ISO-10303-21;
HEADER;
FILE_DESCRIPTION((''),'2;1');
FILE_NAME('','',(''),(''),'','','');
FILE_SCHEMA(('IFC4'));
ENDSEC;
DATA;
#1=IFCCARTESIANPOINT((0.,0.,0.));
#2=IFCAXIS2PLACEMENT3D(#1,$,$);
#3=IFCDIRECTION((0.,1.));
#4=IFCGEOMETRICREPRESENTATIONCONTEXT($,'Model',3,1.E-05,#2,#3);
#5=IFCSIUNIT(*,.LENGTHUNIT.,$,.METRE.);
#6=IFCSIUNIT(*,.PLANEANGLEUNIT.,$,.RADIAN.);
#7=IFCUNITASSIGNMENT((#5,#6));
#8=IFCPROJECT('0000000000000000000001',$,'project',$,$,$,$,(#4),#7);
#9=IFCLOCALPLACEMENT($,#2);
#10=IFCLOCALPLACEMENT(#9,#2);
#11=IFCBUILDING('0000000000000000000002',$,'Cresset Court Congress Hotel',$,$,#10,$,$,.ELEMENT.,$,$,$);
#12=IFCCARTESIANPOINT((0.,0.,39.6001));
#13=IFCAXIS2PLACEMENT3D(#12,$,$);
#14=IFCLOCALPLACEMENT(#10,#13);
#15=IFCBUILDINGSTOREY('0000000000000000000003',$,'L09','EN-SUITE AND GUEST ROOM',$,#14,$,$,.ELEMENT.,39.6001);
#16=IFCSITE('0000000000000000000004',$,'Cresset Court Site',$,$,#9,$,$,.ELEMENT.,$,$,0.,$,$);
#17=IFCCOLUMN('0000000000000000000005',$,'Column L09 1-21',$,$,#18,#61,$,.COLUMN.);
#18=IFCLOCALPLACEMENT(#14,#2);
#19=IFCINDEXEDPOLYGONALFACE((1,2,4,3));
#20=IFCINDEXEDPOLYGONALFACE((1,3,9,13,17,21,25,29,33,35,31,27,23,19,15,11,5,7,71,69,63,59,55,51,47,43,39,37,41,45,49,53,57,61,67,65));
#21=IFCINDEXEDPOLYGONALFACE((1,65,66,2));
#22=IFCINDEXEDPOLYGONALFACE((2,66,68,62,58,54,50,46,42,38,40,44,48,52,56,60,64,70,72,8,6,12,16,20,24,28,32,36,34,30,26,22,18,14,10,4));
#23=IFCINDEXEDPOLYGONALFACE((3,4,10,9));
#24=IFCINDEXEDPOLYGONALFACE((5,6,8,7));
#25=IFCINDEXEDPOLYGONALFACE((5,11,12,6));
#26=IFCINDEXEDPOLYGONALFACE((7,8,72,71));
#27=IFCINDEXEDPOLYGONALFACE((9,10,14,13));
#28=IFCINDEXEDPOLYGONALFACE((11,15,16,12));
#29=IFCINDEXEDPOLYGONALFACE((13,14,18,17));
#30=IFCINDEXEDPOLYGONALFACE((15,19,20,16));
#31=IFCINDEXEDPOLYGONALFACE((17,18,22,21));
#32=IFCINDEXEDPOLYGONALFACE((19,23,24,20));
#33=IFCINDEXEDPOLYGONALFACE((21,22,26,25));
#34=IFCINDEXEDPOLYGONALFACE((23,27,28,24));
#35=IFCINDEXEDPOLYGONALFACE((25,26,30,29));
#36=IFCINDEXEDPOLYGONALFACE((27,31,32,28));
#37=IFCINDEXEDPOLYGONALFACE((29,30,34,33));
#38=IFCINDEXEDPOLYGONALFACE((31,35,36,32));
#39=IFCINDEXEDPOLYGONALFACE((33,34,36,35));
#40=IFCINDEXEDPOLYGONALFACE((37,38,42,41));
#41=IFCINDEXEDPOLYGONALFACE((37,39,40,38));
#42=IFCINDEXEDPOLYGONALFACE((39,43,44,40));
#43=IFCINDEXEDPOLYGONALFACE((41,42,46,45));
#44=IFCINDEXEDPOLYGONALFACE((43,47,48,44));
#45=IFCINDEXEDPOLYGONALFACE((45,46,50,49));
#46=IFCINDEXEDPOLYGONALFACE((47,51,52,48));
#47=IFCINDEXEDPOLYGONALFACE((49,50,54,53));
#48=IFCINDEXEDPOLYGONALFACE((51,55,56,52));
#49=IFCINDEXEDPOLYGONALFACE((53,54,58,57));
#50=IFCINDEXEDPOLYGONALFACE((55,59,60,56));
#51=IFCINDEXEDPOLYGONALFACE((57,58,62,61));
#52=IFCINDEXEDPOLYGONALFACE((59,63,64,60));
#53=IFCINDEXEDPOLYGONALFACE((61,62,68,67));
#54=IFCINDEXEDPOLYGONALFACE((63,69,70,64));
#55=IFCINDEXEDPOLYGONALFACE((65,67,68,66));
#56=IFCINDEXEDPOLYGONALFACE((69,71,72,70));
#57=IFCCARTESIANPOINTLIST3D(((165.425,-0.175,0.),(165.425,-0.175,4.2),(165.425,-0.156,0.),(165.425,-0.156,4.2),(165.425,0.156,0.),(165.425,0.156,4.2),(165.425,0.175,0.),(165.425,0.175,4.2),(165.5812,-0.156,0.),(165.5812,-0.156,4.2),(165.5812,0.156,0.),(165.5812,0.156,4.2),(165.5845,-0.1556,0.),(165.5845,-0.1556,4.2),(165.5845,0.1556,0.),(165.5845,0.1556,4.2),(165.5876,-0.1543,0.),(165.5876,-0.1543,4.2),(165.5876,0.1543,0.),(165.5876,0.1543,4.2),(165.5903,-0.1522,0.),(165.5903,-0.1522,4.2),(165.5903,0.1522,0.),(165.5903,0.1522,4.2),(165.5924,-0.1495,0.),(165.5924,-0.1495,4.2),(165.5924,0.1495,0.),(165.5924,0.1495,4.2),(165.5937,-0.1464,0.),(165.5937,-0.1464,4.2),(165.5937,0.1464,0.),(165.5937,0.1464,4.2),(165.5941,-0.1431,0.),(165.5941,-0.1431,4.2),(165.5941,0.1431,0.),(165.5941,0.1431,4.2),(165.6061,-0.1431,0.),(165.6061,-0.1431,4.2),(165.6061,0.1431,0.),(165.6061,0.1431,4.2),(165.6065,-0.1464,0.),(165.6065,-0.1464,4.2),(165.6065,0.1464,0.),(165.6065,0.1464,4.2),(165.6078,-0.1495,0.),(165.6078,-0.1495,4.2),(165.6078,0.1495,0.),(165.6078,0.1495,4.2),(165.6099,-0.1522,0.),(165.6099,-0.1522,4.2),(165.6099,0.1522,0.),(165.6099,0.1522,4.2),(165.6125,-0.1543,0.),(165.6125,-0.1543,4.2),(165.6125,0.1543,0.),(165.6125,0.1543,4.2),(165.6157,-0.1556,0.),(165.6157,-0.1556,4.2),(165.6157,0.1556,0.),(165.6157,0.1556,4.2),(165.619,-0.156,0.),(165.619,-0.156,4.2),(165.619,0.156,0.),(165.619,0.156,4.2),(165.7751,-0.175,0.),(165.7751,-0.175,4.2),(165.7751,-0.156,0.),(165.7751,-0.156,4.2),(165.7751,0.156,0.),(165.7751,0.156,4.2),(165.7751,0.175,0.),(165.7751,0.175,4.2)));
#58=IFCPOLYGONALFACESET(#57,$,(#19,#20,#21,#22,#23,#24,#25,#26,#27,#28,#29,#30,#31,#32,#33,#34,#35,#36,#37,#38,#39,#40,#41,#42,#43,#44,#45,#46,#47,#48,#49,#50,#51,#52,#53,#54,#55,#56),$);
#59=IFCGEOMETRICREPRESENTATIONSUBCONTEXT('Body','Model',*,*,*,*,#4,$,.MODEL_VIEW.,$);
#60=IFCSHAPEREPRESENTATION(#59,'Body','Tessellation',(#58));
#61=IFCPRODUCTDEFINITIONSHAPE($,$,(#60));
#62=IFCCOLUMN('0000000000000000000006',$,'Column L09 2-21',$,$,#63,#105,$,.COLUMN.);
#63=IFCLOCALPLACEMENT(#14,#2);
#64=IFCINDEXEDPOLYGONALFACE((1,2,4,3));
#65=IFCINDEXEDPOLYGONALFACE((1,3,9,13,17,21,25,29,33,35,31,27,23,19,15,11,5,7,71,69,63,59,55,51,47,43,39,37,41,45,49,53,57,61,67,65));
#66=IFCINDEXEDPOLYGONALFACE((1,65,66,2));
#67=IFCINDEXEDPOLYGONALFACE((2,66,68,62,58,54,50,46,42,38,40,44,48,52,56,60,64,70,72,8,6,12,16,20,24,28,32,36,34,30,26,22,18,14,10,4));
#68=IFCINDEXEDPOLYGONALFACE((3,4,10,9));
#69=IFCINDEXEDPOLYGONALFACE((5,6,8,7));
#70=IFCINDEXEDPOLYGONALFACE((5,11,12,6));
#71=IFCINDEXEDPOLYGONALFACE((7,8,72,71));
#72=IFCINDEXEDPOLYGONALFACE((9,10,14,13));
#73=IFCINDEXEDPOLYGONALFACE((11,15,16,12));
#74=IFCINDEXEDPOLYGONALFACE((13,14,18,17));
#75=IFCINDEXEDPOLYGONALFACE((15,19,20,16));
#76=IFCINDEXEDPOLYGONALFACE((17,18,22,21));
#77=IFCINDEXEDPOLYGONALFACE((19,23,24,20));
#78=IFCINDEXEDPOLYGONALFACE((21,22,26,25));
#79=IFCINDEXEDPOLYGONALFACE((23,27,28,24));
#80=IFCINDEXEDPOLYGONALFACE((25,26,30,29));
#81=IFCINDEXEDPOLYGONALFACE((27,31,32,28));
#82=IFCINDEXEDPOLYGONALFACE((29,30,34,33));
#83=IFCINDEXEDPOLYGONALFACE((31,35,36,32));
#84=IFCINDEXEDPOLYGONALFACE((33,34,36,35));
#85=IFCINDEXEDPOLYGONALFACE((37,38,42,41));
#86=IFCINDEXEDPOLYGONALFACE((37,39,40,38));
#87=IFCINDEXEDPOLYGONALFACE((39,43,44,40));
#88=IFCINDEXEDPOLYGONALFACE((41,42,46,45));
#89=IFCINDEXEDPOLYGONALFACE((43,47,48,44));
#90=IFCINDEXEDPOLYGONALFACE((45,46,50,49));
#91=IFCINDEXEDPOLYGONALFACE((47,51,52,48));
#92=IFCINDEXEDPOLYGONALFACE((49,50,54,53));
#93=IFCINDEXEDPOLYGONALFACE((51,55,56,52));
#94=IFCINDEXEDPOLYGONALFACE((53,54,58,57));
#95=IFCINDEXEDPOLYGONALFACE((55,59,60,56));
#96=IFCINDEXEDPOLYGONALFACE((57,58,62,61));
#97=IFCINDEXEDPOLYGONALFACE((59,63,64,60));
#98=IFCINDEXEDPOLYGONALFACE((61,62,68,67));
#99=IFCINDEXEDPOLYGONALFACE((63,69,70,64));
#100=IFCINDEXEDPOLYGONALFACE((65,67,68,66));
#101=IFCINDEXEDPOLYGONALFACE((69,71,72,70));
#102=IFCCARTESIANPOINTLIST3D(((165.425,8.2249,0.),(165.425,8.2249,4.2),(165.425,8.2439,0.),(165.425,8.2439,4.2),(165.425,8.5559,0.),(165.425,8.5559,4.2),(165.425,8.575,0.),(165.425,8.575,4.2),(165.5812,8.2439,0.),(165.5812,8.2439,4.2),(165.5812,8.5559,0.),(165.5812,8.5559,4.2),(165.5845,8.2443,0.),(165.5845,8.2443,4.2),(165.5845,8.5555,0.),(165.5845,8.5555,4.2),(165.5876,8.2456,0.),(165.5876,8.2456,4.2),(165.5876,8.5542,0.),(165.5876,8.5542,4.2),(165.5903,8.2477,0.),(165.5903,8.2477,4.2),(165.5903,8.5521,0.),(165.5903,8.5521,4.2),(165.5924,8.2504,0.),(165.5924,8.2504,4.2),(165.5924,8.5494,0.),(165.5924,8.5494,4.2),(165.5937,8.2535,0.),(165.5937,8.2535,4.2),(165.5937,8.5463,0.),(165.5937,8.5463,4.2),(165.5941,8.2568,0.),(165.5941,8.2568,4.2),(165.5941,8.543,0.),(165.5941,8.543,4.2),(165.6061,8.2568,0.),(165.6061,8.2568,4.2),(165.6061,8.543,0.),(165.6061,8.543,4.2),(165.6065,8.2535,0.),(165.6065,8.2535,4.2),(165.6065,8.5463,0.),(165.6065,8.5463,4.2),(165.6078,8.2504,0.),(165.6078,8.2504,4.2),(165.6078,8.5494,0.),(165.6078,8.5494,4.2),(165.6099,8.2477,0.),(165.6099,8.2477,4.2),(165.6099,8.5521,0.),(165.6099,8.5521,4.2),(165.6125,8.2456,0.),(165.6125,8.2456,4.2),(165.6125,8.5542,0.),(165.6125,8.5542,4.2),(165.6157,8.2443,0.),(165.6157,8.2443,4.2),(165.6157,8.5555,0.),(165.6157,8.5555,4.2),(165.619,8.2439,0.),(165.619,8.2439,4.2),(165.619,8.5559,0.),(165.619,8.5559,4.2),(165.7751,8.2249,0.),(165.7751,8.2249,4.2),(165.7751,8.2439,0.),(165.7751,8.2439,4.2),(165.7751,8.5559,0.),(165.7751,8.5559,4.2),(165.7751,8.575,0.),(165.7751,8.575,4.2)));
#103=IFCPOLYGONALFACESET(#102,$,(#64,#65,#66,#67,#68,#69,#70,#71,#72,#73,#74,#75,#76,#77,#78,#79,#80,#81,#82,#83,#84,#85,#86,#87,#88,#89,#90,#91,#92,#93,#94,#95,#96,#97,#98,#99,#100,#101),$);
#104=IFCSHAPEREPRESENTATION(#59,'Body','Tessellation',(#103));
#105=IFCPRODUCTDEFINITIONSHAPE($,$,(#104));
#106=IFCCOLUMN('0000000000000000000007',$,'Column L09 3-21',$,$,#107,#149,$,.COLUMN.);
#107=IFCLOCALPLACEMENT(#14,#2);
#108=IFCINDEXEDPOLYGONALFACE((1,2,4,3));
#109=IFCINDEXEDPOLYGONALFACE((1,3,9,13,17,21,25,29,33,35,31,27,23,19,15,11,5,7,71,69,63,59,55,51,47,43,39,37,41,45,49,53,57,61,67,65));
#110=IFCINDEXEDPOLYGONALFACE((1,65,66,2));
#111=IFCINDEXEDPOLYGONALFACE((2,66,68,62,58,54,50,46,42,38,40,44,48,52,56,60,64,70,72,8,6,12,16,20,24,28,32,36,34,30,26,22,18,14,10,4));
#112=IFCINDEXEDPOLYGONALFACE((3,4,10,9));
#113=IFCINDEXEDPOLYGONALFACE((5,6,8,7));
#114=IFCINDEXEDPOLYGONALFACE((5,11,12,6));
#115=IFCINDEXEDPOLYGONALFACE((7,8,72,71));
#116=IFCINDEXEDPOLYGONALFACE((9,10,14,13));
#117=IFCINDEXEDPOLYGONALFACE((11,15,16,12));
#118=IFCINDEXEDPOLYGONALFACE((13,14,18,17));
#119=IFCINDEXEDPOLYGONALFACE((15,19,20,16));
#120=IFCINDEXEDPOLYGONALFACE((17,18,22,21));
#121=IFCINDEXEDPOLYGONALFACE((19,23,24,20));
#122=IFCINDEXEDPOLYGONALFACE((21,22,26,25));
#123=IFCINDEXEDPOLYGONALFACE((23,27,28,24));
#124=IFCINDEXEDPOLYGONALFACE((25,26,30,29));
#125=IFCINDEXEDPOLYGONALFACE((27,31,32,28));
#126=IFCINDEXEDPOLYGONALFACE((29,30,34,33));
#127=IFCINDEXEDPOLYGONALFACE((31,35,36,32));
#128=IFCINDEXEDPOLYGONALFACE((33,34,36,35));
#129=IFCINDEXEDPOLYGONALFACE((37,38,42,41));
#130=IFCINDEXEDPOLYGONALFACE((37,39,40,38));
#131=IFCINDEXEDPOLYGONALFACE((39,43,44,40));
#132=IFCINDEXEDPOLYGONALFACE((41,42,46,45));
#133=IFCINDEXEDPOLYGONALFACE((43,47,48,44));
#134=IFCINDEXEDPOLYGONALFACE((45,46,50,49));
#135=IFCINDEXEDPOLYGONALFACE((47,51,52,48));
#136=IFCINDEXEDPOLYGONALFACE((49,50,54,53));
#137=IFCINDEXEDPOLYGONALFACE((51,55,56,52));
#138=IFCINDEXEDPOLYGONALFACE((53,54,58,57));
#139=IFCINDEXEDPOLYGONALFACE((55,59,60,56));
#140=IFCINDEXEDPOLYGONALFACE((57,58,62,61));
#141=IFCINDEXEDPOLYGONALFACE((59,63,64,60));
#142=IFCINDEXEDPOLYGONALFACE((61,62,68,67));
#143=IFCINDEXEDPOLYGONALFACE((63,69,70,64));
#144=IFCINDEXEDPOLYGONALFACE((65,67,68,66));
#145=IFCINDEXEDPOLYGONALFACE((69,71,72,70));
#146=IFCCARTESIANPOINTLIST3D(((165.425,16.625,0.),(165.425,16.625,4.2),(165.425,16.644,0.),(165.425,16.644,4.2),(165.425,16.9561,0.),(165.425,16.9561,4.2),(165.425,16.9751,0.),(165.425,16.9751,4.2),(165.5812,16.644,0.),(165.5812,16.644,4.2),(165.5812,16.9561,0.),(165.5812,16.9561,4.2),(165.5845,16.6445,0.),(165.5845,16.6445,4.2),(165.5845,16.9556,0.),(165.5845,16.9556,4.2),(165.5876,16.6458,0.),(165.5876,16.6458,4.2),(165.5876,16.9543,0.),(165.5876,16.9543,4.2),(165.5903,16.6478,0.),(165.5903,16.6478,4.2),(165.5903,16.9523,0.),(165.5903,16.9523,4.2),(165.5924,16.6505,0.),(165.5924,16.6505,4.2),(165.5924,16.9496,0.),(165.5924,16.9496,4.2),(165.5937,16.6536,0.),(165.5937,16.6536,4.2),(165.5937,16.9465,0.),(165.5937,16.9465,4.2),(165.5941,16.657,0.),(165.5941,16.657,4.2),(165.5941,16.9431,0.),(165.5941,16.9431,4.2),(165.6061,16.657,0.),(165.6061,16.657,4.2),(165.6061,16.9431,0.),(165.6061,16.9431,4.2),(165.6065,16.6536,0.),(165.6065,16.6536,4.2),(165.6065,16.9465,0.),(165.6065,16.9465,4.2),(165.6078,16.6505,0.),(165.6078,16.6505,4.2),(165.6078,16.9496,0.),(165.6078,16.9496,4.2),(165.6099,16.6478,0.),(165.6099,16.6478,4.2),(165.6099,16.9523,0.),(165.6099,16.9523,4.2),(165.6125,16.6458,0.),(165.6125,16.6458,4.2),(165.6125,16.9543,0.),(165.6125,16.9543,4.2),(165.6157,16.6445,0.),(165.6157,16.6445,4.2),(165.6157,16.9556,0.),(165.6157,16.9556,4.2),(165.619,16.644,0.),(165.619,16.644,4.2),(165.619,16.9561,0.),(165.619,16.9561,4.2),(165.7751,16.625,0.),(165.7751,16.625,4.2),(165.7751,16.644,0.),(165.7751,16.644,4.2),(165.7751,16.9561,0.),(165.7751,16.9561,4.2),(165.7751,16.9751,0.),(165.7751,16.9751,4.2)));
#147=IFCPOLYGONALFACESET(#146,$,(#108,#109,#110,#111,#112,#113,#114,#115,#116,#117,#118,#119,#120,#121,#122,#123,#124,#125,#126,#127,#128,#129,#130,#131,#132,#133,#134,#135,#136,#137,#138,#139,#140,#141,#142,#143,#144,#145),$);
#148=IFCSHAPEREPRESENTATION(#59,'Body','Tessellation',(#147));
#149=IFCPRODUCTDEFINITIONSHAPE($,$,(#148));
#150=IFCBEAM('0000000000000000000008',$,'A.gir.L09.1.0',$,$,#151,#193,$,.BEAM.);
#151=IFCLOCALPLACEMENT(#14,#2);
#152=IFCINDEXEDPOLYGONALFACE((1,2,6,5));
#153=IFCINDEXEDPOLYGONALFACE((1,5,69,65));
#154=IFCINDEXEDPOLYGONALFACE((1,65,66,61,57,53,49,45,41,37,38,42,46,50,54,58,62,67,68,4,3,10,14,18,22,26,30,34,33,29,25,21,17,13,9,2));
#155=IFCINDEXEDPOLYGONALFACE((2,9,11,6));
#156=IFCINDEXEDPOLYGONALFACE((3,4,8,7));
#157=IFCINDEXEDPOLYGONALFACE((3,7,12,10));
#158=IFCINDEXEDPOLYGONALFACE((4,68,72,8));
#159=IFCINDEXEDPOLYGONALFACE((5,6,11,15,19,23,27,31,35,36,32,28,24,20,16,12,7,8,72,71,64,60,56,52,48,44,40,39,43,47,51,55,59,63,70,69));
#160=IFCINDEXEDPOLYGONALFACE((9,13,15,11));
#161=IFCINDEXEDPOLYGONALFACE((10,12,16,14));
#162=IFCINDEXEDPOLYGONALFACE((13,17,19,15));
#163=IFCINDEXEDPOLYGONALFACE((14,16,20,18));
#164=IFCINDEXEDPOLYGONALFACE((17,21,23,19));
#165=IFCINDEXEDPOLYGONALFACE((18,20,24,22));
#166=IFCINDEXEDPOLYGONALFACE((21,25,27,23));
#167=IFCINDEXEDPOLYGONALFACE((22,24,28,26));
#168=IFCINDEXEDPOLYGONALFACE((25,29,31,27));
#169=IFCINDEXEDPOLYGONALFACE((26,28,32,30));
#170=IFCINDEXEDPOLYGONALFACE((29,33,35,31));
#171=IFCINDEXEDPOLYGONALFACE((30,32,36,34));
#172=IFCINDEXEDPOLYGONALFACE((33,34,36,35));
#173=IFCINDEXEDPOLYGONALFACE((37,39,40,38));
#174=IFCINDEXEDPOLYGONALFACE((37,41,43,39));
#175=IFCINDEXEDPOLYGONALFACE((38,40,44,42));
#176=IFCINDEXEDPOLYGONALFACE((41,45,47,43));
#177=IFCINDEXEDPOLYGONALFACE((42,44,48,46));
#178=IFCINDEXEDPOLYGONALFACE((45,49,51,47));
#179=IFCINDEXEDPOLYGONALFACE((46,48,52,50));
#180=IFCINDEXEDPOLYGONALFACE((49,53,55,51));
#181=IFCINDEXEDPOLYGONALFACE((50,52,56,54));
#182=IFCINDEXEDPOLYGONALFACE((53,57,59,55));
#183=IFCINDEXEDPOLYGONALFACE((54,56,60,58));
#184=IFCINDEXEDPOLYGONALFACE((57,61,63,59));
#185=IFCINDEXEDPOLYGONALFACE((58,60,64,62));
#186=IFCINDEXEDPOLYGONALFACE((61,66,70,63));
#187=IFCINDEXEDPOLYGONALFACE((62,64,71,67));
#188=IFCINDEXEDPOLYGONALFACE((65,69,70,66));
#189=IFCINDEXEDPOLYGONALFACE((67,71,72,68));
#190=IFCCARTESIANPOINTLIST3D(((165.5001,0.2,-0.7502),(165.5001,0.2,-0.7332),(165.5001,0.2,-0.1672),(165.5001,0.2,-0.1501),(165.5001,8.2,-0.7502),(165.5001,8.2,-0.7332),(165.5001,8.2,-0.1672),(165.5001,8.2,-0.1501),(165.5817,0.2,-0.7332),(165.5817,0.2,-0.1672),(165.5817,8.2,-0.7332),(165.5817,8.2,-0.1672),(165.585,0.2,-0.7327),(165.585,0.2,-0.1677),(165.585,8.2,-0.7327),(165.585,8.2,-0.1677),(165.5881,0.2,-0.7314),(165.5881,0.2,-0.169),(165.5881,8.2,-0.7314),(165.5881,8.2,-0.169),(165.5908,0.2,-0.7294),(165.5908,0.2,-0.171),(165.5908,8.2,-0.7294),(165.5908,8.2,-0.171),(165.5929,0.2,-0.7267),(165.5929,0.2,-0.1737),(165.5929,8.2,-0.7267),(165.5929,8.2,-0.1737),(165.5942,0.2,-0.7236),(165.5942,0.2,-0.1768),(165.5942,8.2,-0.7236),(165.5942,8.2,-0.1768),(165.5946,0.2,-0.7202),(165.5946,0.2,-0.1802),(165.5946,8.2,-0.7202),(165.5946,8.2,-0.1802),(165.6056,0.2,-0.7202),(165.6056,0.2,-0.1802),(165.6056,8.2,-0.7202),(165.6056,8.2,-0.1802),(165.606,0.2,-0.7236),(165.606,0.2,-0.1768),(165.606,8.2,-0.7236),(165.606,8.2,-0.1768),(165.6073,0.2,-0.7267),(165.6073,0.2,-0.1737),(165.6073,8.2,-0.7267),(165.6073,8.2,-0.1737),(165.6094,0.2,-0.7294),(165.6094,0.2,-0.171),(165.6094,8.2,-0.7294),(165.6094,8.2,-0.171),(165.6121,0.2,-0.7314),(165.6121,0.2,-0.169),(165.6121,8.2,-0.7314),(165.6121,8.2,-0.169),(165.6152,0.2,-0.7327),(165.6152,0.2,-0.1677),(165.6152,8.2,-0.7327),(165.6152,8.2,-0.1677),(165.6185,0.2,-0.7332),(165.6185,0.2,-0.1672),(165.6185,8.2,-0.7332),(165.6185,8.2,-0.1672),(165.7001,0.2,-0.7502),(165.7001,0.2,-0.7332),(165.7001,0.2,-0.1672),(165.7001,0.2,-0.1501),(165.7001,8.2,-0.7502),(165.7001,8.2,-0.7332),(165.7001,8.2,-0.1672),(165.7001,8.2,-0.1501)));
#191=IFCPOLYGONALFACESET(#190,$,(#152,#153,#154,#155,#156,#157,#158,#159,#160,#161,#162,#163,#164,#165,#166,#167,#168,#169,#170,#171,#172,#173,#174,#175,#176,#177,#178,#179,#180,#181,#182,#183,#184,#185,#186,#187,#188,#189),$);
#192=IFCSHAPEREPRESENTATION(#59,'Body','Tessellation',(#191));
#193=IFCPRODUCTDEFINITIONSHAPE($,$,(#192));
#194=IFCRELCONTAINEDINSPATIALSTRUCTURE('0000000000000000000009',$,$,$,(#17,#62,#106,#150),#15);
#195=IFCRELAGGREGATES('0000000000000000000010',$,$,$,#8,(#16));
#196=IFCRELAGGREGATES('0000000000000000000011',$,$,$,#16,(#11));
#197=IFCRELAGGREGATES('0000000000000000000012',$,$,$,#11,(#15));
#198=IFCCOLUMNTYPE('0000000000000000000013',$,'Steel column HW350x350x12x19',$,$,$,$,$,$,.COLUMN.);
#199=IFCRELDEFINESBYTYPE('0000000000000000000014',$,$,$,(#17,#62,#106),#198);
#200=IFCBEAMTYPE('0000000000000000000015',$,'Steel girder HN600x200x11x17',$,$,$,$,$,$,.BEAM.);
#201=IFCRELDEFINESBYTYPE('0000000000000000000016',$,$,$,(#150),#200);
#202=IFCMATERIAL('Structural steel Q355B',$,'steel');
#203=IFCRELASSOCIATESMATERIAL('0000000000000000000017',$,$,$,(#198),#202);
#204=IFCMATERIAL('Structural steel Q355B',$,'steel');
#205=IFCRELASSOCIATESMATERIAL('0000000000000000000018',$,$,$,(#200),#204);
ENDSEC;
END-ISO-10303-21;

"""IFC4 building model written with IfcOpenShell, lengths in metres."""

from ifc_helpers import new_model, si_unit, direction, frame, origin, origin_2d, place, context, subcontext, project, spatial, i_section, extrude, material, material_profile, profile_set, type_object, element, save


model = new_model("IFC4")

# Units and contexts
model_context = context("Model", 3, precision=1e-05, world=origin(), true_north=direction((0.0, 1.0)))
body_context = subcontext(model_context, "Body", "Model", "MODEL_VIEW")
ifc_project = project(units=[si_unit("LENGTHUNIT", "METRE"), si_unit("PLANEANGLEUNIT", "RADIAN")], contexts=[model_context])

# Site, building, storey
site_placement = place(None, origin())
site = spatial("IfcSite", under=ifc_project, at=site_placement, Name="Cresset Court Site", CompositionType="ELEMENT", RefElevation=0.0)
building_placement = place(site_placement, origin())
building = spatial("IfcBuilding", under=site, at=building_placement, Name="Cresset Court Congress Hotel", CompositionType="ELEMENT")
storey_placement = place(building_placement, frame((0.0, 0.0, 39.6001)))
storey = spatial("IfcBuildingStorey", under=building, at=storey_placement, Name="L09", Description="EN-SUITE AND GUEST ROOM", CompositionType="ELEMENT", Elevation=39.6001)

# Columns
ifc_material_1 = material(Name="Structural steel Q355B", Category="steel")
ifc_material_profile_1 = material_profile(ifc_material_1, i_section(OverallWidth=0.3501, OverallDepth=0.3501, WebThickness=0.012, FlangeThickness=0.019, FilletRadius=0.0129, at=origin_2d()), Name="HW350x350x12x19")
ifc_profile_set_1 = profile_set([ifc_material_profile_1], Name="Structural steel Q355B")
column_type = type_object("IfcColumnType", Name="Steel column HW350x350x12x19", PredefinedType="COLUMN", material=ifc_profile_set_1)
for number, where, z_axis, x_axis, name in (
    (1, (165.6001, 0.0, 0.0), (0.0, 0.0, 1.0), (1.0, 0.0, 0.0), "Column L09 1-21"),
    (2, (165.6001, 8.3999, 0.0), (0.0, 0.0, 1.0), (1.0, 0.0, 0.0), "Column L09 2-21"),
    (3, (165.6001, 16.8, 0.0), (0.0, 0.0, 1.0), (1.0, 0.0, 0.0), "Column L09 3-21"),
):
    element("IfcColumn", number, at=place(storey_placement, frame(where, z_axis=z_axis, x_axis=x_axis)), inside=storey, type_object=column_type, Name=name, PredefinedType="COLUMN", context=body_context, shape_type="SweptSolid", body=[
        extrude(i_section(OverallWidth=0.3501, OverallDepth=0.3501, WebThickness=0.012, FlangeThickness=0.019, FilletRadius=0.0129, at=origin_2d()), origin(), (0.0, 0.0, 1.0), 4.2),
    ])

# Beam
ifc_material_2 = material(Name="Structural steel Q355B", Category="steel")
ifc_material_profile_2 = material_profile(ifc_material_2, i_section(OverallWidth=0.2, OverallDepth=0.6001, WebThickness=0.011, FlangeThickness=0.0171, FilletRadius=0.0129, at=origin_2d()), Name="HN600x200x11x17")
ifc_profile_set_2 = profile_set([ifc_material_profile_2], Name="Structural steel Q355B")
beam_type = type_object("IfcBeamType", Name="Steel girder HN600x200x11x17", PredefinedType="BEAM", material=ifc_profile_set_2)
for number, where, z_axis, x_axis, name in (
    (4, (165.6001, 0.2, -0.4502), (0.0, 1.0, 0.0), (-1.0, 0.0, 0.0), "A.gir.L09.1.0"),
):
    element("IfcBeam", number, at=place(storey_placement, frame(where, z_axis=z_axis, x_axis=x_axis)), inside=storey, type_object=beam_type, Name=name, PredefinedType="BEAM", context=body_context, shape_type="SweptSolid", body=[
        extrude(i_section(OverallWidth=0.2, OverallDepth=0.6001, WebThickness=0.011, FlangeThickness=0.0171, FilletRadius=0.0129, at=origin_2d()), origin(), (0.0, 0.0, 1.0), 8.0),
    ])

save(model, "model.ifc")
